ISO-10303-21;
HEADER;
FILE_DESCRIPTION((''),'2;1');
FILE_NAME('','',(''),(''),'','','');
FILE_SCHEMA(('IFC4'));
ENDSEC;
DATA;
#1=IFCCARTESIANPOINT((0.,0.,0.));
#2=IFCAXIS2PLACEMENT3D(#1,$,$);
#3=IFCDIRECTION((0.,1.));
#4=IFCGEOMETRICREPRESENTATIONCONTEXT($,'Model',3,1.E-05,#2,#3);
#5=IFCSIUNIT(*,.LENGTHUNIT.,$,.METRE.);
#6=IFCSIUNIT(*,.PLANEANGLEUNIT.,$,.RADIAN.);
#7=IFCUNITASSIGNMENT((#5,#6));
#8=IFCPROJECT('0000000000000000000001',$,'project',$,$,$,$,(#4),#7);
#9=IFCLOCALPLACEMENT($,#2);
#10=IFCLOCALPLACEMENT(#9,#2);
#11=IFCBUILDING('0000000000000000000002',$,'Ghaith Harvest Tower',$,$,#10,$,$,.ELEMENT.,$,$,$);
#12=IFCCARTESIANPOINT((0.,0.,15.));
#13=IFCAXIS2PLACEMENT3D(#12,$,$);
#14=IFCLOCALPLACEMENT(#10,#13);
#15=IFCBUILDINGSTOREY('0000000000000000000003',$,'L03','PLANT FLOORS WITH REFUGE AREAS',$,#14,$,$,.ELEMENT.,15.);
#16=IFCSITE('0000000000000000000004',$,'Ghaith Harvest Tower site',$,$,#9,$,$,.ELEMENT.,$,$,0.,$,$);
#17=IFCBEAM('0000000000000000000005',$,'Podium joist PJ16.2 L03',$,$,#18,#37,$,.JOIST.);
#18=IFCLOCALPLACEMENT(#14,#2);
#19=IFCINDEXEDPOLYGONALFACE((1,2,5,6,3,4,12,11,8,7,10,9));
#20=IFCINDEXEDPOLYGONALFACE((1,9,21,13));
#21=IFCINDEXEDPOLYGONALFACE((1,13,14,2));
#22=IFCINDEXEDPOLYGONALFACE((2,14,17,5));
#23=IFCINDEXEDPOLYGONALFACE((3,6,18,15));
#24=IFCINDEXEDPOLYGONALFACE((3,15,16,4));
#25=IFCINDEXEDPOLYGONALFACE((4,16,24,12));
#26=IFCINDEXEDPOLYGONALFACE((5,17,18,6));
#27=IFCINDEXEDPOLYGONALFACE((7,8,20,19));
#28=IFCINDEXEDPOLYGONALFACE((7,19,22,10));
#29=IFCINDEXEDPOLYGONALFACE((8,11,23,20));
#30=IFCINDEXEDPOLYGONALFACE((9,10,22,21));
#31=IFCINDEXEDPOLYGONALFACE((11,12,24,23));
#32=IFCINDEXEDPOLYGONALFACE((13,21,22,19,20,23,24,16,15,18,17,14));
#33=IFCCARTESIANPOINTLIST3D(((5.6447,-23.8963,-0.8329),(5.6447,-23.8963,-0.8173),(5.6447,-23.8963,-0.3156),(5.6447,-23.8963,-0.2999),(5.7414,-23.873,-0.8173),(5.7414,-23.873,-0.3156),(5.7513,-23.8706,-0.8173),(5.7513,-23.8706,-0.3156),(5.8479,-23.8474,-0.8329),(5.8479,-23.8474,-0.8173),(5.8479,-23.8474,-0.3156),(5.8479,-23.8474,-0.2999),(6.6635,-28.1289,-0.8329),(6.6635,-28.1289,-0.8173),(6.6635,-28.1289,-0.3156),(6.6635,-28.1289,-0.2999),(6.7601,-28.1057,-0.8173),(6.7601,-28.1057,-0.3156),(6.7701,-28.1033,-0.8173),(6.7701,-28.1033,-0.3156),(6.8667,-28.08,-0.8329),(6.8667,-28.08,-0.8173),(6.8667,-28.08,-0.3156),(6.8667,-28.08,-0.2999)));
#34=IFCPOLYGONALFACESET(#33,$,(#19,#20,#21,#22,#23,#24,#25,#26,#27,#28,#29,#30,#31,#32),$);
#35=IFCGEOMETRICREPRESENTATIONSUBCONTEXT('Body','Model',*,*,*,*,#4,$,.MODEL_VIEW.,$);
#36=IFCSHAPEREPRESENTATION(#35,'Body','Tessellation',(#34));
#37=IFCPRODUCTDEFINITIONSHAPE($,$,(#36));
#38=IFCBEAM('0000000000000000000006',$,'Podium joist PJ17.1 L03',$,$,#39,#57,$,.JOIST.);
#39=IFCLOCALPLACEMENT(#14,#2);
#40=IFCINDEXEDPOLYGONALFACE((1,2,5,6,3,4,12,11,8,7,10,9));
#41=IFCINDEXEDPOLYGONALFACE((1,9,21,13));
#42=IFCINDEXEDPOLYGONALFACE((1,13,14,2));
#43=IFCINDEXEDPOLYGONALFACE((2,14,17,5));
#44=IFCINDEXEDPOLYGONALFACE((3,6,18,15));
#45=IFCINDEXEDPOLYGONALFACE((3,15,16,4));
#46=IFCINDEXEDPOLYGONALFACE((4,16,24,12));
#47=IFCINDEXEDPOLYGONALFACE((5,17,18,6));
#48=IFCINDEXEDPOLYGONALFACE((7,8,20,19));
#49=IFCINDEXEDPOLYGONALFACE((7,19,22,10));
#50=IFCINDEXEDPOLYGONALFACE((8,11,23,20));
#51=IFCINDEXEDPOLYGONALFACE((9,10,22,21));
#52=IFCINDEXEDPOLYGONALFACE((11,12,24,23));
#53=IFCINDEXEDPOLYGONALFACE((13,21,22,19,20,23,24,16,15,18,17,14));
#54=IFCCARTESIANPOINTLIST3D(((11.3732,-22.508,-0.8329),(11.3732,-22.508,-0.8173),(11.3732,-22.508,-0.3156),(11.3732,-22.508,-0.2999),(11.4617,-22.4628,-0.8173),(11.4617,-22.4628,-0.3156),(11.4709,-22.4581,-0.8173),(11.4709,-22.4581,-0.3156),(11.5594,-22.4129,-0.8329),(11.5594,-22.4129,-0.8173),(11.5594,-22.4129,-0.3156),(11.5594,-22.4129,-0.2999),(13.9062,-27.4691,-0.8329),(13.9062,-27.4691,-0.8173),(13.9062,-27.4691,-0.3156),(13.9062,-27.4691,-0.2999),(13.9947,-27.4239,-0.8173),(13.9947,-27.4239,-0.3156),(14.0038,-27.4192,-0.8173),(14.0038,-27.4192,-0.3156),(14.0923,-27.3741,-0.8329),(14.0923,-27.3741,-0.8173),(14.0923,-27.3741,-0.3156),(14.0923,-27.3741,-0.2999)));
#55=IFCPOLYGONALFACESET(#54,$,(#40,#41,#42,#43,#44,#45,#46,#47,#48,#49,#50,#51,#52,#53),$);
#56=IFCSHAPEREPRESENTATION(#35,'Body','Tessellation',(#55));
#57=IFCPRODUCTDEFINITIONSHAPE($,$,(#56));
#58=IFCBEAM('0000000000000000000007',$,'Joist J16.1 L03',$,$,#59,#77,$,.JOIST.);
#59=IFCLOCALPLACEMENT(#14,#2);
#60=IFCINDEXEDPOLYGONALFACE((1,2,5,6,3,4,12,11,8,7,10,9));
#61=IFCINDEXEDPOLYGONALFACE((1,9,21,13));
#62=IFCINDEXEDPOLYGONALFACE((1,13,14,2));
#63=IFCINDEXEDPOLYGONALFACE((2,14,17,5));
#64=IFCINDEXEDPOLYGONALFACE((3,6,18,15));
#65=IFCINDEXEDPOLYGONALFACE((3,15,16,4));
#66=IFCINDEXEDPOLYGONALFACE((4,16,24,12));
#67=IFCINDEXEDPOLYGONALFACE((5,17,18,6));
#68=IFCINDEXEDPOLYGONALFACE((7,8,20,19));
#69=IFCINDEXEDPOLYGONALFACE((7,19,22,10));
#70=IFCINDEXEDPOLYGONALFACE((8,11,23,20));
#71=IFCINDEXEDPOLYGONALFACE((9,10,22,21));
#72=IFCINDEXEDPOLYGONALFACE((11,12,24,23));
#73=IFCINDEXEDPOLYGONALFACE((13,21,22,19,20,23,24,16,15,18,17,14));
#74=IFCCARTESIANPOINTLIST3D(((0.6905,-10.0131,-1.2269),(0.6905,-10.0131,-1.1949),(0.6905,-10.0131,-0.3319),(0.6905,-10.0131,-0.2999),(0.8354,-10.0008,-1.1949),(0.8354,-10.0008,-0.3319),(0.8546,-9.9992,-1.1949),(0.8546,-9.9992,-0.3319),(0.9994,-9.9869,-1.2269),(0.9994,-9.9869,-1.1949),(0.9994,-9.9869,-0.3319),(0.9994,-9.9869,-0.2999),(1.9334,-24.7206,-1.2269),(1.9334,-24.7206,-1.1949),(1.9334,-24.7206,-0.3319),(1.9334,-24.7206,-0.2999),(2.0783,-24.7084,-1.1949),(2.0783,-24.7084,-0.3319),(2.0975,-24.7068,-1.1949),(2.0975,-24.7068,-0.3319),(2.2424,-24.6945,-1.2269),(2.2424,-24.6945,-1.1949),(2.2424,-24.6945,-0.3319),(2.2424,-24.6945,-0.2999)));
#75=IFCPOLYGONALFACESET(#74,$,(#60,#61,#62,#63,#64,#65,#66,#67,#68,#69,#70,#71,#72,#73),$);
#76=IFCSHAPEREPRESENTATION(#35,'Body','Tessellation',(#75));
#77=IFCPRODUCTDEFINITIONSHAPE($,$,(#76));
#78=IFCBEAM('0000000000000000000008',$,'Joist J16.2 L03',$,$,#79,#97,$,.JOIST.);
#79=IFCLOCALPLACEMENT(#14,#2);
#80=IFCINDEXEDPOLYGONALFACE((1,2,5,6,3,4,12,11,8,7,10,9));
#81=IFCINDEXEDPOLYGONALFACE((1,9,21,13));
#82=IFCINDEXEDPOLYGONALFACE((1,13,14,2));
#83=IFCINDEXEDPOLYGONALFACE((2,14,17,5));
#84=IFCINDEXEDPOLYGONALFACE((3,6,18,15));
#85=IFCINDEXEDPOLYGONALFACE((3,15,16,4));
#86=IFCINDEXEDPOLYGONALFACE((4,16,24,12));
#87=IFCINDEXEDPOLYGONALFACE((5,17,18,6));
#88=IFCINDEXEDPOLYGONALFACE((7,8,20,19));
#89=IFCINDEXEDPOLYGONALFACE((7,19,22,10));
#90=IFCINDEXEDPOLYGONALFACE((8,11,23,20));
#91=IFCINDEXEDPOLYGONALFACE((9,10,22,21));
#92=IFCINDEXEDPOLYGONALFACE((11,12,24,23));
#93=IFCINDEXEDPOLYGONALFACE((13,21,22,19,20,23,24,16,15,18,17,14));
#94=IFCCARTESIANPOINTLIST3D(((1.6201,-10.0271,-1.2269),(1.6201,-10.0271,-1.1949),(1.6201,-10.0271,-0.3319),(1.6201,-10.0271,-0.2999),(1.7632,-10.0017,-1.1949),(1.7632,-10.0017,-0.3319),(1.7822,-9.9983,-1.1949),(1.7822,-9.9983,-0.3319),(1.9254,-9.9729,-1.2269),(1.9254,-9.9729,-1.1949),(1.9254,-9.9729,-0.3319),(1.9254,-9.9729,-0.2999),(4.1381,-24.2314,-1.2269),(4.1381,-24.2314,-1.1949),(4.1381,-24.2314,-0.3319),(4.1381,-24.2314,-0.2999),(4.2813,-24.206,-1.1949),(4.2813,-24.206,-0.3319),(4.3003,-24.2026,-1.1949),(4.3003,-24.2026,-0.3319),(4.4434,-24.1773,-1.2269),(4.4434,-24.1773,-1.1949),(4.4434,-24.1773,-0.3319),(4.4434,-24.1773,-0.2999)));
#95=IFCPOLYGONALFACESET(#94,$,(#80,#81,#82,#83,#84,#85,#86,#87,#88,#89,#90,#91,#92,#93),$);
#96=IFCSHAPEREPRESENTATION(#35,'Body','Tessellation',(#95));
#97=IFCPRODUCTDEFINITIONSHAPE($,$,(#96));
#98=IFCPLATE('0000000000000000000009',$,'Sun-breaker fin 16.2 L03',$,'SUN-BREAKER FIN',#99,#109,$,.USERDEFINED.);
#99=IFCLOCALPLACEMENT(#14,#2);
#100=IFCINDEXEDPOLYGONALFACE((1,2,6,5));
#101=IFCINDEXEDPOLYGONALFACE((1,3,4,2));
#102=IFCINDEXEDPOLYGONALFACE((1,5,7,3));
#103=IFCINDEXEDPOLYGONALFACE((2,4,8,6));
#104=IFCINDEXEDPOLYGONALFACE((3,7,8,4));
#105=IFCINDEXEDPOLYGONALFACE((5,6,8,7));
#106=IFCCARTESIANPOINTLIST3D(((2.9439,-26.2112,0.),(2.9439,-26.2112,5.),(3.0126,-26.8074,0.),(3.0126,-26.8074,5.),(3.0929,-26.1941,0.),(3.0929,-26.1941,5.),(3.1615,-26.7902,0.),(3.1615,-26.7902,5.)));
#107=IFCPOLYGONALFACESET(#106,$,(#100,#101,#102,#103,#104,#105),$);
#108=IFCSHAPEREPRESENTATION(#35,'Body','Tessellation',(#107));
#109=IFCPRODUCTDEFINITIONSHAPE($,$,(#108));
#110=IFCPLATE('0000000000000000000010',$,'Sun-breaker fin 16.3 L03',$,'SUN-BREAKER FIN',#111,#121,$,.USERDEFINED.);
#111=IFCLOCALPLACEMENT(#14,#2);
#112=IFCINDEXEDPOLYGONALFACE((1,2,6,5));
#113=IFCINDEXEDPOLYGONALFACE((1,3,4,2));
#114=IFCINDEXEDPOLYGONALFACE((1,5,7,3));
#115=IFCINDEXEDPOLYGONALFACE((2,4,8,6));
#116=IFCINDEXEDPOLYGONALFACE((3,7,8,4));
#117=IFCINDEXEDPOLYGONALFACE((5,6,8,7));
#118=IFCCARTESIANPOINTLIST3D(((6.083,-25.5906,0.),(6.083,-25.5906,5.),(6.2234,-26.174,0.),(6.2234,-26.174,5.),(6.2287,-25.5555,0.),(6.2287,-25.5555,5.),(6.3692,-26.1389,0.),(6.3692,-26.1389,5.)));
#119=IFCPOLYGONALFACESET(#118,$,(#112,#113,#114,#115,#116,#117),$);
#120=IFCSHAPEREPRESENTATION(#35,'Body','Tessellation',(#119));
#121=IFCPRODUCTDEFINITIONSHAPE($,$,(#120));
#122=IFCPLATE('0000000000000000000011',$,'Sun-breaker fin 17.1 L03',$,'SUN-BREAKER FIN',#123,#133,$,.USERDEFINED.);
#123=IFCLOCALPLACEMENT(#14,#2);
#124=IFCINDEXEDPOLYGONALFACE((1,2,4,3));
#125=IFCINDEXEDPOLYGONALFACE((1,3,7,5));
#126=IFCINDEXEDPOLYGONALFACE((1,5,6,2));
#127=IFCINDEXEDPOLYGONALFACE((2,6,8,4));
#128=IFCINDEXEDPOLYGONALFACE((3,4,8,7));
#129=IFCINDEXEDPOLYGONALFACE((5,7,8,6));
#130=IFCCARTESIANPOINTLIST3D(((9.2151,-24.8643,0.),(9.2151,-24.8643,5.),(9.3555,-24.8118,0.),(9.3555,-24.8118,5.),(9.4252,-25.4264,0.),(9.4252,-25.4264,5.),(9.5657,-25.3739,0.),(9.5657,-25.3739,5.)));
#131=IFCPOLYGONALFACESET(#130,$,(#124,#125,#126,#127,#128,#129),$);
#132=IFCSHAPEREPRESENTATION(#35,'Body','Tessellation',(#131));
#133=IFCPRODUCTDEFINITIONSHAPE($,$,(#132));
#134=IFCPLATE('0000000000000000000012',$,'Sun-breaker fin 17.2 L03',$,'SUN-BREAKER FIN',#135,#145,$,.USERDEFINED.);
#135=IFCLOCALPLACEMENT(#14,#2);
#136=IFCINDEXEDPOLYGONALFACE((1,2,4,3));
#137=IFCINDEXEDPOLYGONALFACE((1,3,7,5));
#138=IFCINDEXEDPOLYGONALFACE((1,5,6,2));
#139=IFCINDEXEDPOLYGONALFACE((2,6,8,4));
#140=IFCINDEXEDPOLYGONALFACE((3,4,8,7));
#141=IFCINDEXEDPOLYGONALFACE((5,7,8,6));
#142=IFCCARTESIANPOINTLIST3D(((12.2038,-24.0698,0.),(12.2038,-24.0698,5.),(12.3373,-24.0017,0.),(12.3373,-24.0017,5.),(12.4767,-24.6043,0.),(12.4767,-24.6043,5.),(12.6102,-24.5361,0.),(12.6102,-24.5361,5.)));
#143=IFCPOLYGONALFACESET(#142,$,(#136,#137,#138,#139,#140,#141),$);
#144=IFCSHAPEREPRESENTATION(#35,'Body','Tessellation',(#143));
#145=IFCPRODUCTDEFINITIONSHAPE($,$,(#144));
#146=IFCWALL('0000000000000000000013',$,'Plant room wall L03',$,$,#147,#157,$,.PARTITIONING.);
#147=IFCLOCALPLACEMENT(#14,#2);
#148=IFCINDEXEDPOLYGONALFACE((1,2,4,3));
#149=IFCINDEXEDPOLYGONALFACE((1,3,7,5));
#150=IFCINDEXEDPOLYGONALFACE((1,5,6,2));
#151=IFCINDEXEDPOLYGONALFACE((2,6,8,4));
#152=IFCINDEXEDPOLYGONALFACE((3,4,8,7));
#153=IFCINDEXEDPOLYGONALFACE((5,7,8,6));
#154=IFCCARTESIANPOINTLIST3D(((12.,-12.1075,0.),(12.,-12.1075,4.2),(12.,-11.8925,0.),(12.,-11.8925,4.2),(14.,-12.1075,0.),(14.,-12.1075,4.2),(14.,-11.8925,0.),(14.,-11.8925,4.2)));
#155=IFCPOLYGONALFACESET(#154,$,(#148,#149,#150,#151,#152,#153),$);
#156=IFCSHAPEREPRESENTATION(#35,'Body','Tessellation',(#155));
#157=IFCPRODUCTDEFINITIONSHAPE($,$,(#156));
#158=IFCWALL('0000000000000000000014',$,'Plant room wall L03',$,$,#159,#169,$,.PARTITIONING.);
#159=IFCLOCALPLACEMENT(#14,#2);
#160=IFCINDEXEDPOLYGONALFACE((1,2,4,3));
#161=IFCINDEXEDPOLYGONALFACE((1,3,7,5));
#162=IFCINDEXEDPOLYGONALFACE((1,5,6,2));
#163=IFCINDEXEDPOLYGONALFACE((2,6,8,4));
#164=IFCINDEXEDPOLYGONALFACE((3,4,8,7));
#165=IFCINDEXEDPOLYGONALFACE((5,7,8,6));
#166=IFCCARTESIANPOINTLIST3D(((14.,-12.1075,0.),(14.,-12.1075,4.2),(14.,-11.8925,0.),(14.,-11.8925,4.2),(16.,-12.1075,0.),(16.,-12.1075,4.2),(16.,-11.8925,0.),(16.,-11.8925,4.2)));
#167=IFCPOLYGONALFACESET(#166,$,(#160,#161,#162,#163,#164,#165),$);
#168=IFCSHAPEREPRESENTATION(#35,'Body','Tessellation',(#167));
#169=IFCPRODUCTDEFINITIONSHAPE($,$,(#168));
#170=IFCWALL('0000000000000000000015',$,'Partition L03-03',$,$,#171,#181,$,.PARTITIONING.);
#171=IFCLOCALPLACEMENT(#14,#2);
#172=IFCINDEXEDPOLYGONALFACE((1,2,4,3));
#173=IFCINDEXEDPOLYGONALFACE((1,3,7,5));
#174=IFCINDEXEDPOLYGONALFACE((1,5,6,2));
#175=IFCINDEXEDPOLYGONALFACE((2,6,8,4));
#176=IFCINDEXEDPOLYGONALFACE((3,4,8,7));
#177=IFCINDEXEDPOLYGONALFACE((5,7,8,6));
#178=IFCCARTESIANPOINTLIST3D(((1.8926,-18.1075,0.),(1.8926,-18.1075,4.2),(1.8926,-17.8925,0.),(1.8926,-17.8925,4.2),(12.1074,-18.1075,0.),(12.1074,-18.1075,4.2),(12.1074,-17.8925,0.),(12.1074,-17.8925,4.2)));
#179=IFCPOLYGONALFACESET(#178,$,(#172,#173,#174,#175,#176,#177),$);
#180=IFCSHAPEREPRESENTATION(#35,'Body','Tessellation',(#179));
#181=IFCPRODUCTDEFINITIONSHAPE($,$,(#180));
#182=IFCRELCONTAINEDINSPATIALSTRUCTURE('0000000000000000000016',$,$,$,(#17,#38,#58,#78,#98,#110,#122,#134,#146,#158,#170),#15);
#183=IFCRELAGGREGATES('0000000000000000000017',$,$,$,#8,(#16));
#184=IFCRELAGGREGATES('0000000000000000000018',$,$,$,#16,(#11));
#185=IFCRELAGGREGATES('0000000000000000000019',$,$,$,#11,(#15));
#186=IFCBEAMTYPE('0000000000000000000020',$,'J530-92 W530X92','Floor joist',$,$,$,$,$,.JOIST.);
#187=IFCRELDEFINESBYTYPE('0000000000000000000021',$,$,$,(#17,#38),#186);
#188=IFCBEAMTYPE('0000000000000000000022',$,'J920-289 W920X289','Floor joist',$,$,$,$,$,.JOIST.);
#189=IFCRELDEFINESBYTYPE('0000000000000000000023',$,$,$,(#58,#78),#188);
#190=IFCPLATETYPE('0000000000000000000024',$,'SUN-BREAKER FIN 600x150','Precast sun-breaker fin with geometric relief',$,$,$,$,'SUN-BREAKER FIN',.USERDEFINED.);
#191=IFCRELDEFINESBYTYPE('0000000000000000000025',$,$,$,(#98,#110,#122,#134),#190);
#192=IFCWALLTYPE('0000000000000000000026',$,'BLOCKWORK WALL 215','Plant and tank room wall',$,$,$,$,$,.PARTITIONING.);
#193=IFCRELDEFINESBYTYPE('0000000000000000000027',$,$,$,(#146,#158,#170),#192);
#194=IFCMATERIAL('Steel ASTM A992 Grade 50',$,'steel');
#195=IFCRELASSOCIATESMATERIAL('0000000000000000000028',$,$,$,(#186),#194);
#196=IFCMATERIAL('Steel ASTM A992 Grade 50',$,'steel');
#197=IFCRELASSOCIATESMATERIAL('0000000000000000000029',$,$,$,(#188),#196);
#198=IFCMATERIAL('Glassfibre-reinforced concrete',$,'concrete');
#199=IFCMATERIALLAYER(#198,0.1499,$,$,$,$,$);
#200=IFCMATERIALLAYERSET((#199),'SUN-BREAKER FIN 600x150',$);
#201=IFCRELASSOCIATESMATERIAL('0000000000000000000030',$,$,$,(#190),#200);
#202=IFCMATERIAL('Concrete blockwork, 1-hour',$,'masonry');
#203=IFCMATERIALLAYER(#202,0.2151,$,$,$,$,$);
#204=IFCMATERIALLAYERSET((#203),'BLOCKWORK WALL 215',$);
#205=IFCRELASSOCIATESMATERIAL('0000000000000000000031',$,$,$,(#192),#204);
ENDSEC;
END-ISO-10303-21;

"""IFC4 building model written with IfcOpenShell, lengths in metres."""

from ifc_helpers import new_model, si_unit, direction, frame, frame_2d, origin, origin_2d, place, context, subcontext, project, spatial, rectangle, i_section, extrude, material, layer, layer_set, material_profile, profile_set, type_object, element, save


model = new_model("IFC4")

# Units and contexts
model_context = context("Model", 3, precision=1e-05, world=origin(), true_north=direction((0.0, 1.0)))
body_context = subcontext(model_context, "Body", "Model", "MODEL_VIEW")
ifc_project = project(units=[si_unit("LENGTHUNIT", "METRE"), si_unit("PLANEANGLEUNIT", "RADIAN")], contexts=[model_context])

# Site, building, storey
site_placement = place(None, origin())
site = spatial("IfcSite", under=ifc_project, at=site_placement, Name="Ghaith Harvest Tower site", CompositionType="ELEMENT", RefElevation=0.0)
building_placement = place(site_placement, origin())
building = spatial("IfcBuilding", under=site, at=building_placement, Name="Ghaith Harvest Tower", CompositionType="ELEMENT")
storey_placement = place(building_placement, frame((0.0, 0.0, 15.0)))
storey = spatial("IfcBuildingStorey", under=building, at=storey_placement, Name="L03", Description="PLANT FLOORS WITH REFUGE AREAS", CompositionType="ELEMENT", Elevation=15.0)

# Beams
ifc_material_1 = material(Name="Steel ASTM A992 Grade 50", Category="steel")
ifc_material_profile_1 = material_profile(ifc_material_1, i_section(OverallWidth=0.209, OverallDepth=0.533, WebThickness=0.0103, FlangeThickness=0.0156, at=origin_2d()), Name="W530X92")
ifc_profile_set_1 = profile_set([ifc_material_profile_1], Name="Steel ASTM A992 Grade 50")
beam_type_1 = type_object("IfcBeamType", Name="J530-92 W530X92", Description="Floor joist", PredefinedType="JOIST", material=ifc_profile_set_1)
beam_1_placement = place(storey_placement, frame((5.7463, -23.8718, -0.5664), z_axis=(0.234016, -0.972233, 0.0), x_axis=(0.972233, 0.234016, 0.0)))
element("IfcBeam", 1, at=beam_1_placement, inside=storey, type_object=beam_type_1, Name="Podium joist PJ16.2 L03", PredefinedType="JOIST", context=body_context, shape_type="SweptSolid", body=[
    extrude(i_section(OverallWidth=0.209, OverallDepth=0.533, WebThickness=0.0103, FlangeThickness=0.0156, at=origin_2d()), origin(), (0.0, 0.0, 1.0), 4.3535),
])
beam_2_placement = place(storey_placement, frame((11.4663, -22.4604, -0.5664), z_axis=(0.454719, -0.890635, 0.0), x_axis=(0.890635, 0.454719, 0.0)))
element("IfcBeam", 2, at=beam_2_placement, inside=storey, type_object=beam_type_1, Name="Podium joist PJ17.1 L03", PredefinedType="JOIST", context=body_context, shape_type="SweptSolid", body=[
    extrude(i_section(OverallWidth=0.209, OverallDepth=0.533, WebThickness=0.0103, FlangeThickness=0.0156, at=origin_2d()), origin(), (0.0, 0.0, 1.0), 5.5703),
])
ifc_material_2 = material(Name="Steel ASTM A992 Grade 50", Category="steel")
ifc_material_profile_2 = material_profile(ifc_material_2, i_section(OverallWidth=0.3101, OverallDepth=0.927, WebThickness=0.0193, FlangeThickness=0.032, at=origin_2d()), Name="W920X289")
ifc_profile_set_2 = profile_set([ifc_material_profile_2], Name="Steel ASTM A992 Grade 50")
beam_type_2 = type_object("IfcBeamType", Name="J920-289 W920X289", Description="Floor joist", PredefinedType="JOIST", material=ifc_profile_set_2)
beam_3_placement = place(storey_placement, frame((0.845, -10.0, -0.7634), z_axis=(0.084209, -0.996448, 0.0), x_axis=(0.996448, 0.084209, 0.0)))
element("IfcBeam", 3, at=beam_3_placement, inside=storey, type_object=beam_type_2, Name="Joist J16.1 L03", PredefinedType="JOIST", context=body_context, shape_type="SweptSolid", body=[
    extrude(i_section(OverallWidth=0.3101, OverallDepth=0.927, WebThickness=0.0193, FlangeThickness=0.032, at=origin_2d()), origin(), (0.0, 0.0, 1.0), 14.76),
])
beam_4_placement = place(storey_placement, frame((1.7727, -10.0, -0.7634), z_axis=(0.174553, -0.984648, 0.0), x_axis=(0.984648, 0.174553, 0.0)))
element("IfcBeam", 4, at=beam_4_placement, inside=storey, type_object=beam_type_2, Name="Joist J16.2 L03", PredefinedType="JOIST", context=body_context, shape_type="SweptSolid", body=[
    extrude(i_section(OverallWidth=0.3101, OverallDepth=0.927, WebThickness=0.0193, FlangeThickness=0.032, at=origin_2d()), origin(), (0.0, 0.0, 1.0), 14.4258),
])

# Plates
ifc_material_3 = material(Name="Glassfibre-reinforced concrete", Category="concrete")
ifc_layer_1 = layer(ifc_material_3, 0.1499)
ifc_layer_set_1 = layer_set([ifc_layer_1], Name="SUN-BREAKER FIN 600x150")
plate_type = type_object("IfcPlateType", Name="SUN-BREAKER FIN 600x150", Description="Precast sun-breaker fin with geometric relief", ElementType="SUN-BREAKER FIN", PredefinedType="USERDEFINED", material=ifc_layer_set_1)
for number, where, z_axis, x_axis, name in (
    (5, (3.0527, -26.5007, 0.0), (0.0, 0.0, 1.0), (0.114436, -0.993431, 0.0), "Sun-breaker fin 16.2 L03"),
    (6, (6.2261, -25.8647, 0.0), (0.0, 0.0, 1.0), (0.234028, -0.97223, 0.0), "Sun-breaker fin 16.3 L03"),
    (7, (9.3904, -25.1191, 0.0), (0.0, 0.0, 1.0), (0.350168, -0.936687, 0.0), "Sun-breaker fin 17.1 L03"),
    (8, (12.407, -24.303, 0.0), (0.0, 0.0, 1.0), (0.454691, -0.890649, 0.0), "Sun-breaker fin 17.2 L03"),
):
    element("IfcPlate", number, at=place(storey_placement, frame(where, z_axis=z_axis, x_axis=x_axis)), inside=storey, type_object=plate_type, Name=name, ObjectType="SUN-BREAKER FIN", PredefinedType="USERDEFINED", context=body_context, shape_type="SweptSolid", body=[
        extrude(rectangle(XDim=0.6001, YDim=0.1499, at=origin_2d()), origin(), (0.0, 0.0, 1.0), 5.0),
    ])

# Walls
ifc_material_4 = material(Name="Concrete blockwork, 1-hour", Category="masonry")
ifc_layer_2 = layer(ifc_material_4, 0.2151)
ifc_layer_set_2 = layer_set([ifc_layer_2], Name="BLOCKWORK WALL 215")
wall_type_1 = type_object("IfcWallType", Name="BLOCKWORK WALL 215", Description="Plant and tank room wall", PredefinedType="PARTITIONING", material=ifc_layer_set_2)
for number, where, z_axis, x_axis, name in (
    (9, (12.0, -12.0, 0.0), (0.0, 0.0, 1.0), (1.0, 0.0, 0.0), "Plant room wall L03"),
    (10, (14.0, -12.0, 0.0), (0.0, 0.0, 1.0), (1.0, 0.0, 0.0), "Plant room wall L03"),
):
    element("IfcWall", number, at=place(storey_placement, frame(where, z_axis=z_axis, x_axis=x_axis)), inside=storey, type_object=wall_type_1, Name=name, PredefinedType="PARTITIONING", context=body_context, shape_type="SweptSolid", body=[
        extrude(rectangle(XDim=2.0, YDim=0.2151, at=frame_2d((1.0, 0.0))), origin(), (0.0, 0.0, 1.0), 4.2),
    ])
wall_1_placement = place(storey_placement, frame((1.8926, -18.0, 0.0), z_axis=(0.0, 0.0, 1.0), x_axis=(1.0, 0.0, 0.0)))
element("IfcWall", 11, at=wall_1_placement, inside=storey, type_object=wall_type_1, Name="Partition L03-03", PredefinedType="PARTITIONING", context=body_context, shape_type="SweptSolid", body=[
    extrude(rectangle(XDim=10.2148, YDim=0.2151, at=frame_2d((5.1074, 0.0))), origin(), (0.0, 0.0, 1.0), 4.2),
])

save(model, "model.ifc")
